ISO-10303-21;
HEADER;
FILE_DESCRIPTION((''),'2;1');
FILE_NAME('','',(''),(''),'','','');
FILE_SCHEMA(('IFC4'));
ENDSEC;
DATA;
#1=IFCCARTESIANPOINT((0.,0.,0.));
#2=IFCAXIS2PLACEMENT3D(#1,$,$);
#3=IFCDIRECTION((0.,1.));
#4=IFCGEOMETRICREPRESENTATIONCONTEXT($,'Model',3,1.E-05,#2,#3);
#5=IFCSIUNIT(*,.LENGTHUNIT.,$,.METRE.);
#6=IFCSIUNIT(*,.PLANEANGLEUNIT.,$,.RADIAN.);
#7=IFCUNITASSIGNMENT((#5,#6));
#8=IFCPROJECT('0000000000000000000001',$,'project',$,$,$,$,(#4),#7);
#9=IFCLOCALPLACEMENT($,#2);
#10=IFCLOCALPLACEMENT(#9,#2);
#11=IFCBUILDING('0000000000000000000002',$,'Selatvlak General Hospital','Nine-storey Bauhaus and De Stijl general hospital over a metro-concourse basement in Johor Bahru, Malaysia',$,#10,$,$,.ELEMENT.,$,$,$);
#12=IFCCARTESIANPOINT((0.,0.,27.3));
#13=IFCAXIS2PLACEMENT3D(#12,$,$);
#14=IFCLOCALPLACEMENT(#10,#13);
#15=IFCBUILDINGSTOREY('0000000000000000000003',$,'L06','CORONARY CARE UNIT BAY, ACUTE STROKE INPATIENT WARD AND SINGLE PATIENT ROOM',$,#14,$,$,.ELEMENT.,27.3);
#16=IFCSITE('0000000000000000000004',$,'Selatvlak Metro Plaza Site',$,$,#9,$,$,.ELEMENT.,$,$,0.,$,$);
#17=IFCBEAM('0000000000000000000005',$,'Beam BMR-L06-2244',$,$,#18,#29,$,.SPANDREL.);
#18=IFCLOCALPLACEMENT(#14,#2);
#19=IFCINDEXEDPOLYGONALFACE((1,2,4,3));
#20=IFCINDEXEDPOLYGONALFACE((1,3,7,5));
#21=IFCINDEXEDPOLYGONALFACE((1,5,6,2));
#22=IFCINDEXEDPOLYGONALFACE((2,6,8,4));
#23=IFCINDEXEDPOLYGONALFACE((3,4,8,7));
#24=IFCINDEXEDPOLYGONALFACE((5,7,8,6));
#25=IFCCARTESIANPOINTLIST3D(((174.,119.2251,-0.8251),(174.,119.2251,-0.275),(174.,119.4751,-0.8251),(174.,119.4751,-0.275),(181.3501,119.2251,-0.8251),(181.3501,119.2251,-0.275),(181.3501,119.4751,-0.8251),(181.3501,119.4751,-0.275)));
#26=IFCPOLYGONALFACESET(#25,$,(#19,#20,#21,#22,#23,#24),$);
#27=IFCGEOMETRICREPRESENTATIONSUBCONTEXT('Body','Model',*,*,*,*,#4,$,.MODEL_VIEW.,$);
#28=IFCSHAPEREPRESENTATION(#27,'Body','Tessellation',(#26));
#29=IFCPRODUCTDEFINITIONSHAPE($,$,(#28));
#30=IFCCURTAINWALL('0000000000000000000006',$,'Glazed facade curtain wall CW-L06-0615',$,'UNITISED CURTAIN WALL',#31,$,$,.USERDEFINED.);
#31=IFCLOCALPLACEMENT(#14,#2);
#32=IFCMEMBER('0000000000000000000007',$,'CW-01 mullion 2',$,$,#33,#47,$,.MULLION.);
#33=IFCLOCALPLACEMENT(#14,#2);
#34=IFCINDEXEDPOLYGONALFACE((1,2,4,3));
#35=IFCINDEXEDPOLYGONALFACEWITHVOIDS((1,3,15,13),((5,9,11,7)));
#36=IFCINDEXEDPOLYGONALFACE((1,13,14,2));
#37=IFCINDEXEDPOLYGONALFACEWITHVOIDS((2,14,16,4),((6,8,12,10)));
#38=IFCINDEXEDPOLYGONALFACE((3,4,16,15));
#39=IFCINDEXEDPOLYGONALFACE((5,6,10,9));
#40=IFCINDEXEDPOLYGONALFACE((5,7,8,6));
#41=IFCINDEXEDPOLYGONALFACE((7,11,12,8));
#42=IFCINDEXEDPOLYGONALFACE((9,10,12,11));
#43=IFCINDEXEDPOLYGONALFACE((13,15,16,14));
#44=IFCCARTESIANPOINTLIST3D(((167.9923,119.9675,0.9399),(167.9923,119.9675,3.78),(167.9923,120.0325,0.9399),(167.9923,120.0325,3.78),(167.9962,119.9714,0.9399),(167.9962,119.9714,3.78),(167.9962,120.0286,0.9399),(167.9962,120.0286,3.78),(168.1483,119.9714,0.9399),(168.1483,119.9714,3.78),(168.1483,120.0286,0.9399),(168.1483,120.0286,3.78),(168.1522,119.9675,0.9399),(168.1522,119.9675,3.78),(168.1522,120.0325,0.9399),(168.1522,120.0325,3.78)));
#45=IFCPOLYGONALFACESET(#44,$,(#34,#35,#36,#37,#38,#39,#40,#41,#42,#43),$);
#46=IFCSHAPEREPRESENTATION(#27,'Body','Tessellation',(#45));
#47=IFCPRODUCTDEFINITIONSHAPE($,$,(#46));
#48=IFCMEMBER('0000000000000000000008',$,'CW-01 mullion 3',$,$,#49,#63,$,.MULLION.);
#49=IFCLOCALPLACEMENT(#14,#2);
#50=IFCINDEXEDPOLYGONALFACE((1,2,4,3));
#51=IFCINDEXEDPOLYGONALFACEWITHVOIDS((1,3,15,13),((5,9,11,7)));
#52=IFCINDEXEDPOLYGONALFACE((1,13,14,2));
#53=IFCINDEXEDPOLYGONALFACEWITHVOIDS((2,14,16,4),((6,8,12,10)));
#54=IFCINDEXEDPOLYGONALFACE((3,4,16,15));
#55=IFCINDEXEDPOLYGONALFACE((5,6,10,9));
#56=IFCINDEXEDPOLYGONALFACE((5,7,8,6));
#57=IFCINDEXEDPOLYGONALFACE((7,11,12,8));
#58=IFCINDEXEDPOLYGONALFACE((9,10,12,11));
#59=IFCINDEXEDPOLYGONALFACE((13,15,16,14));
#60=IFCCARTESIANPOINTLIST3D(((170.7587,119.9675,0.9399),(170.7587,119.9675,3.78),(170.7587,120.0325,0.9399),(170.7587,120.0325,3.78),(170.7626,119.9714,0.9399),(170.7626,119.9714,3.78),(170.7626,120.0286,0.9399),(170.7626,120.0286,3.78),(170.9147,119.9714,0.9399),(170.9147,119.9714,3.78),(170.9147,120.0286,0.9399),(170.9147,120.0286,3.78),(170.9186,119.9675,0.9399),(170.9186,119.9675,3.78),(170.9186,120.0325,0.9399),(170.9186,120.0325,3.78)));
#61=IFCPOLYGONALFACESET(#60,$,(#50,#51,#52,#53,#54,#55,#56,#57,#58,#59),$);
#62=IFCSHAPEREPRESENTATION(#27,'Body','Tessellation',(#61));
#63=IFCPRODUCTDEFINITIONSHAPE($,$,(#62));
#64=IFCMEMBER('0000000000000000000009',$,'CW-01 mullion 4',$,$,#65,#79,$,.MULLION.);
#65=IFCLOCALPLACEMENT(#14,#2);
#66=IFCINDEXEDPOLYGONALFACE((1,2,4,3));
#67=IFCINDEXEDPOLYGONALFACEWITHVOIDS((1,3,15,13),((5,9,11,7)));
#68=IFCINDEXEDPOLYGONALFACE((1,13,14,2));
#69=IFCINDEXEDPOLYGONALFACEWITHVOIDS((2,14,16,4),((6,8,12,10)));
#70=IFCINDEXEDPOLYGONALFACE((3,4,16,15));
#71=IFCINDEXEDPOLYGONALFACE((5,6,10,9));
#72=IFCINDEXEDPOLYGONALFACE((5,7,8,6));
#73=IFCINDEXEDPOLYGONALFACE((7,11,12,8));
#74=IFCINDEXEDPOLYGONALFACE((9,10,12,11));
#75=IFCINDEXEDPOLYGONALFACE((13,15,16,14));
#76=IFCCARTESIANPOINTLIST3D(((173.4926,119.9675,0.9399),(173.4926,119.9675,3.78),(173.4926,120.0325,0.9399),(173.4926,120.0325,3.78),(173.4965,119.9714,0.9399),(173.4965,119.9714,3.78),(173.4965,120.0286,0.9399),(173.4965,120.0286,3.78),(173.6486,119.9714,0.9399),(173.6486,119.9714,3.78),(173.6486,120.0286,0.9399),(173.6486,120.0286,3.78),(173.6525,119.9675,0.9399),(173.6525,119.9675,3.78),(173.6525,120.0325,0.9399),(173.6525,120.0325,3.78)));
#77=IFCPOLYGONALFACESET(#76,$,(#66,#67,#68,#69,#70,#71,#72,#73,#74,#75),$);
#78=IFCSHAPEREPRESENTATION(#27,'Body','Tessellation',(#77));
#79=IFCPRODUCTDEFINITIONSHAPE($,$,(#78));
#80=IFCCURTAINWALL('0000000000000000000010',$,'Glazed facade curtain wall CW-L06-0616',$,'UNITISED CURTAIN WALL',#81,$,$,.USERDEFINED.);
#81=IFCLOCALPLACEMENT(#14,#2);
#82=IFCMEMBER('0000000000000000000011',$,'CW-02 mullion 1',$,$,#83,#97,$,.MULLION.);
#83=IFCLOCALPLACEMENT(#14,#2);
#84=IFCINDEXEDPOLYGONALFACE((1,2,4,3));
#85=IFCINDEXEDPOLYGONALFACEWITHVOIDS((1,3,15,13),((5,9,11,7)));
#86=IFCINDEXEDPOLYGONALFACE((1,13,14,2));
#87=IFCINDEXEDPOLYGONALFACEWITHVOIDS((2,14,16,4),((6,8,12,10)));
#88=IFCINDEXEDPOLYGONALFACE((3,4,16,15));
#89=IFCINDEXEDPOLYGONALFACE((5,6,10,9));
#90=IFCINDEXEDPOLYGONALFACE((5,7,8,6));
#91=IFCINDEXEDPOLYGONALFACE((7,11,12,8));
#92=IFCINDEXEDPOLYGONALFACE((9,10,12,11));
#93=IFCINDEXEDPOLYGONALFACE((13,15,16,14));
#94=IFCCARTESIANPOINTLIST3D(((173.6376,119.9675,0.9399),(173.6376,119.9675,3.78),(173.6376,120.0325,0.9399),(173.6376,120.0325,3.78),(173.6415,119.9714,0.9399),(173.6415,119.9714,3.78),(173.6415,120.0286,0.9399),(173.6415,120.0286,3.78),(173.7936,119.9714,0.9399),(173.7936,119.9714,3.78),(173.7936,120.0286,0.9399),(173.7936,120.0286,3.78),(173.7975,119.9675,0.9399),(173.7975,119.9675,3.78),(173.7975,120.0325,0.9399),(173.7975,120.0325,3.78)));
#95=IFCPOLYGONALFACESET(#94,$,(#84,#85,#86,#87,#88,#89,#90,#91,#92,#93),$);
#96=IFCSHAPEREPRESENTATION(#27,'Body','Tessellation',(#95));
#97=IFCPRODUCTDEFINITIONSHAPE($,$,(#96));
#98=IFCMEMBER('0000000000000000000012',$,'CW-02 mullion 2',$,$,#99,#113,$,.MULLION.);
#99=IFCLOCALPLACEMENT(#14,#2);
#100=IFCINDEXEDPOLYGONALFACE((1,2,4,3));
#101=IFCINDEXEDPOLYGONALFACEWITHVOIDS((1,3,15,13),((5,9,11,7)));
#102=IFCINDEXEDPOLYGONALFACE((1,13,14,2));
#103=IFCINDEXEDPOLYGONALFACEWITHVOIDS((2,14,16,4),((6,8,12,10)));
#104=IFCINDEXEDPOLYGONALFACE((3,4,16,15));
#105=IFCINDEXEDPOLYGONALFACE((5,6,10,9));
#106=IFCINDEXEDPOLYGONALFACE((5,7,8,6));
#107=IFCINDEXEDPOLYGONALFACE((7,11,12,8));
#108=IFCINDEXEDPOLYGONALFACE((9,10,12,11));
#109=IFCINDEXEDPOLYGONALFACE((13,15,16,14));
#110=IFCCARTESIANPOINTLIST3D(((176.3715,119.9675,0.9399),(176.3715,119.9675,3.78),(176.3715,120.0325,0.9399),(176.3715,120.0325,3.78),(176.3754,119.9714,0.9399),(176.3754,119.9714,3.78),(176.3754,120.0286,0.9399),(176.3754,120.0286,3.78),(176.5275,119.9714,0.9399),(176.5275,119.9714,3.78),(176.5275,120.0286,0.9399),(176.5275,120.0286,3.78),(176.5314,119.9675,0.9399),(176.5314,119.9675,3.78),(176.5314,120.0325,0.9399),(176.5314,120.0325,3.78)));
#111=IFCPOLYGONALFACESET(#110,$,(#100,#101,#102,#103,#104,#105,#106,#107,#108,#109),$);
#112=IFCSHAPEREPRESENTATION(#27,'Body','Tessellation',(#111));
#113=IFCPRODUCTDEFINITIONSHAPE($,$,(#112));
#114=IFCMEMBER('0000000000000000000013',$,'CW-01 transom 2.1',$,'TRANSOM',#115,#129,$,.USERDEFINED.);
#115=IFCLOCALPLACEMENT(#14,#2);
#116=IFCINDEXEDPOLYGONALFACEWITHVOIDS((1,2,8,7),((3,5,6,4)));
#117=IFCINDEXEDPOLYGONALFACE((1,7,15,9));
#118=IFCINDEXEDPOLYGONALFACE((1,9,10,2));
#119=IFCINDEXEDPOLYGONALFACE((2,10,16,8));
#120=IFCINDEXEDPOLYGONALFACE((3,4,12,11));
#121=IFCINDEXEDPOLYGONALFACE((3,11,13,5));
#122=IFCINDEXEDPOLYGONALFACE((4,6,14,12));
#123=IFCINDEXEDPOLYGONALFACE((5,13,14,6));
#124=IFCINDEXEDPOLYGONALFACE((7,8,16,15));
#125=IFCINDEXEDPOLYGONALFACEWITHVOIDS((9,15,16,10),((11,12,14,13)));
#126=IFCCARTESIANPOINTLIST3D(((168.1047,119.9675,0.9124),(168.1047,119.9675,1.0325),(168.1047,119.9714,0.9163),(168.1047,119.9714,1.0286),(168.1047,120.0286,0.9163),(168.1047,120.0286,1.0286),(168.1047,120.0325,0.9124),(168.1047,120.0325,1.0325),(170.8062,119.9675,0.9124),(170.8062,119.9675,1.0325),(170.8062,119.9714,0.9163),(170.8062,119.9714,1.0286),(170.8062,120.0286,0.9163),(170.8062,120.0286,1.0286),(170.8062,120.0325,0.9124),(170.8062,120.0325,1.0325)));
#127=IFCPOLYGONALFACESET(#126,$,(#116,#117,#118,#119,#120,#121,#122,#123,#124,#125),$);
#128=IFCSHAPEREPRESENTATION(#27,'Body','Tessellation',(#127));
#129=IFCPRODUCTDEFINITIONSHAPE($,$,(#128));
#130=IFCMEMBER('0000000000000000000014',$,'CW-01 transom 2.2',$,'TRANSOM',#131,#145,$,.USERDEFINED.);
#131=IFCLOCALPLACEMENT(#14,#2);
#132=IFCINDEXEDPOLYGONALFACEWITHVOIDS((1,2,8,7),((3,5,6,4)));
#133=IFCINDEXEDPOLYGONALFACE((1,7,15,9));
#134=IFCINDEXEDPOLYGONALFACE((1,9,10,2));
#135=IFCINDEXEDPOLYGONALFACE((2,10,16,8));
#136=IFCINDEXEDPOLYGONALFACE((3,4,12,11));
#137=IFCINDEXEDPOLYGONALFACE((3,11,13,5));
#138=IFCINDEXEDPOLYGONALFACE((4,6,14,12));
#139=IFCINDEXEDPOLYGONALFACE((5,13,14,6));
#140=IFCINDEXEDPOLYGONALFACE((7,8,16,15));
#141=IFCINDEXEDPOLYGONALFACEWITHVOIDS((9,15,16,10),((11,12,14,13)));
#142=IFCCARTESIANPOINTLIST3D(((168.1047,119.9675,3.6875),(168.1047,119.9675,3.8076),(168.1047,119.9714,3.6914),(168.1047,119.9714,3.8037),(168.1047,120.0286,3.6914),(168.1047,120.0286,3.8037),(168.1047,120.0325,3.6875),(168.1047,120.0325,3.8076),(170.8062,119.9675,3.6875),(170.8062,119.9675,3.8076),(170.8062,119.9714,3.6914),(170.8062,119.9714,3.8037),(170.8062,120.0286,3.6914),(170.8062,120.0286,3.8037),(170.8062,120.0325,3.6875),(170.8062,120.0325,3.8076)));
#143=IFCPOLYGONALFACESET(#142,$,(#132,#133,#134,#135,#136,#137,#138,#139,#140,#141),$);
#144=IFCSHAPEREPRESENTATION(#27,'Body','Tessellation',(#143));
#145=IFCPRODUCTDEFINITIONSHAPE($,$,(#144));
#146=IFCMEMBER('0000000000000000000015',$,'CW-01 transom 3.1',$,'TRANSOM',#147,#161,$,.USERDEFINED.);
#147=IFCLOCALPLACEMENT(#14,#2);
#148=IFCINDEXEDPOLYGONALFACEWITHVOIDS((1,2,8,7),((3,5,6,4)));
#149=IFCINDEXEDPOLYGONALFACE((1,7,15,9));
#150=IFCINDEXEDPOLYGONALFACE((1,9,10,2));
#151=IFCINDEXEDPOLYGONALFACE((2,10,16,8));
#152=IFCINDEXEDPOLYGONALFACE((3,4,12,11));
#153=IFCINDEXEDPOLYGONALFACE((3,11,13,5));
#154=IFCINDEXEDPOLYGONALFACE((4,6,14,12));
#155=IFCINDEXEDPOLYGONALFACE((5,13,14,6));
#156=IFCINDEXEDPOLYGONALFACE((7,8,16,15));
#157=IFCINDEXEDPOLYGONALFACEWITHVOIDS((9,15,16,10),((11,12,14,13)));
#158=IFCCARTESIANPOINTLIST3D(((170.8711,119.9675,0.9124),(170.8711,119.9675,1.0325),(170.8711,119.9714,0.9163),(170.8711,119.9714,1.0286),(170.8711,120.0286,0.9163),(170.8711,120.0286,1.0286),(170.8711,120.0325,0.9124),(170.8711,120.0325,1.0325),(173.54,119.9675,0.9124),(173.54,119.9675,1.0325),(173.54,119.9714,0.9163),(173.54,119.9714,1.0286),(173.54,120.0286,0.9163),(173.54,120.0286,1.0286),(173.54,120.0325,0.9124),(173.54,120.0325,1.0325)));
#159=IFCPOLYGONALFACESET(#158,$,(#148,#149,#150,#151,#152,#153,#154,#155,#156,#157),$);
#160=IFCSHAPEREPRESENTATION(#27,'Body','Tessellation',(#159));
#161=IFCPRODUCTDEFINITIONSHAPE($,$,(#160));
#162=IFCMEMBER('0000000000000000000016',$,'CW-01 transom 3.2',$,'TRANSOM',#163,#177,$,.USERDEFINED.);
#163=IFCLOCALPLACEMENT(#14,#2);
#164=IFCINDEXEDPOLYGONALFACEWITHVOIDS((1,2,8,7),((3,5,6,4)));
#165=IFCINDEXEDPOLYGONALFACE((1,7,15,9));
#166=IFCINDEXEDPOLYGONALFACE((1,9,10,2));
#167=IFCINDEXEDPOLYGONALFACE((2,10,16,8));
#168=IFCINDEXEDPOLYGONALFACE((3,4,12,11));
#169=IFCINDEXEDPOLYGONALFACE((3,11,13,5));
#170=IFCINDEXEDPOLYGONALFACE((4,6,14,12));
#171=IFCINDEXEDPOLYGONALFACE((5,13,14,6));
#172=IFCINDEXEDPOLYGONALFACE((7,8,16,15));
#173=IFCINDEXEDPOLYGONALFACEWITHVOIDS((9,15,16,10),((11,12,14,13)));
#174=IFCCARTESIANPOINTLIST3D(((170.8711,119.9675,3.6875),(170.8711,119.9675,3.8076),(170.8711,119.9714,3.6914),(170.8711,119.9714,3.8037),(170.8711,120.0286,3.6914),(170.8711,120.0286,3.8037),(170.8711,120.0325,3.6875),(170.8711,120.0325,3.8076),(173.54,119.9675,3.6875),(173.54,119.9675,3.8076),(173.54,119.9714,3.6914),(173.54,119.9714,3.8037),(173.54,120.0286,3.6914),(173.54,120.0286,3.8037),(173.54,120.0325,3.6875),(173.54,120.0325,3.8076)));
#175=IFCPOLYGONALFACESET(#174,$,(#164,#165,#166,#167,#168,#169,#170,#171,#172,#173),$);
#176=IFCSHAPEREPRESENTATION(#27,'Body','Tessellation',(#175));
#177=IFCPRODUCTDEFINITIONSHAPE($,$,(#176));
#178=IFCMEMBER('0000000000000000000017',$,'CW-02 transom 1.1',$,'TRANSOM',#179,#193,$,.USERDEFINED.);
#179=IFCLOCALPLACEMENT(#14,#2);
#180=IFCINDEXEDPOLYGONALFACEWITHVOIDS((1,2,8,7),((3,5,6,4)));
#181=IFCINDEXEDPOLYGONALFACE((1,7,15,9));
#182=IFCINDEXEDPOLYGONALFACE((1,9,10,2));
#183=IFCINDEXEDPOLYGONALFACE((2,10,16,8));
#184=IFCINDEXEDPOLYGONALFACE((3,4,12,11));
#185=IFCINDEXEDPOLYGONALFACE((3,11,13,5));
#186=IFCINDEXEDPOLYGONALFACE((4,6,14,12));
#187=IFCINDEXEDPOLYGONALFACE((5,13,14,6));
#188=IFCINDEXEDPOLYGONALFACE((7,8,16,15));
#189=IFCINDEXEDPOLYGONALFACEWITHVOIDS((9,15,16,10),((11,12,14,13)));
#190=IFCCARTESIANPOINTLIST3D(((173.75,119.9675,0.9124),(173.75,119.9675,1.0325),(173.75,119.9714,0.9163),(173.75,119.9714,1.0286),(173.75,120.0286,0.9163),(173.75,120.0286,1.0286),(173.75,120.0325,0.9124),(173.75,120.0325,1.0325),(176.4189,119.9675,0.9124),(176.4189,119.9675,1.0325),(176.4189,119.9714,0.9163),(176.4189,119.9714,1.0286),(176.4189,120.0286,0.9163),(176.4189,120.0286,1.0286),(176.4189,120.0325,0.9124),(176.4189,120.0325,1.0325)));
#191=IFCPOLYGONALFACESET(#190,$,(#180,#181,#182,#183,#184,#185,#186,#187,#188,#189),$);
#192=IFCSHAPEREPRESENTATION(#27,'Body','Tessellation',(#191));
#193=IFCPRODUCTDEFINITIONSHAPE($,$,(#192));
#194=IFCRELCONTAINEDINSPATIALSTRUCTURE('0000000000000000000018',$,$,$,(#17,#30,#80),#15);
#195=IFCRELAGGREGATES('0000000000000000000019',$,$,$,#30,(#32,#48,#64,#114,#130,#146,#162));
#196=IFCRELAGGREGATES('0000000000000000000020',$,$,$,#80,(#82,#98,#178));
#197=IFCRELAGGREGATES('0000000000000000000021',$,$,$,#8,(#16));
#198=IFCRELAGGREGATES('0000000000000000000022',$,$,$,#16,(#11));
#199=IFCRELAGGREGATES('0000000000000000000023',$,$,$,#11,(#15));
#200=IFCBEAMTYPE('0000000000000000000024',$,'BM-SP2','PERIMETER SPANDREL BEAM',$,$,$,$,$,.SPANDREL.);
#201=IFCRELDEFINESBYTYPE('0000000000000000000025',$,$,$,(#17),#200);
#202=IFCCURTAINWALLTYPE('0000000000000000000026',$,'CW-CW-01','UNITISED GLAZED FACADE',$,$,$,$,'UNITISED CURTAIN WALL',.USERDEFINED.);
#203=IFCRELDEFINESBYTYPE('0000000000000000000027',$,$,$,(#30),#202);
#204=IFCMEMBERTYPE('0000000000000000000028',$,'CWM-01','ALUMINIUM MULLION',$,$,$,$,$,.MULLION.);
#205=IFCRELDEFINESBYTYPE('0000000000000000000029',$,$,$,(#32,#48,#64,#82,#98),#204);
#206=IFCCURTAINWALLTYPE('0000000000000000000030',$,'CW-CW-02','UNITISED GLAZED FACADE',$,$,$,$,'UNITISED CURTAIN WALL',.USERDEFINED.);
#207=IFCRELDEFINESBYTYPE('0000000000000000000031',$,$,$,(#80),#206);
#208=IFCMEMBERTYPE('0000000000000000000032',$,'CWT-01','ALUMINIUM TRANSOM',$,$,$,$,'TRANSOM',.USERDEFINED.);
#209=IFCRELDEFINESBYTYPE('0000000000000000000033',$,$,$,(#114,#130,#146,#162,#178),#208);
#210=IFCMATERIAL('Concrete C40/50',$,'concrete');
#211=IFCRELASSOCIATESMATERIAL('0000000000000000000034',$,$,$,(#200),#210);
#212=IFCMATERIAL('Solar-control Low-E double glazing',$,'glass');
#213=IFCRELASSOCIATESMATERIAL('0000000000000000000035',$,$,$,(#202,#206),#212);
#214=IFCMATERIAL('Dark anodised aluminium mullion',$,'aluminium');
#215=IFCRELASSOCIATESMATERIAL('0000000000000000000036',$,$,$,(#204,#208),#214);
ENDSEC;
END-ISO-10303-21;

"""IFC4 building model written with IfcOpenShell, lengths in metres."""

from ifc_helpers import new_model, si_unit, direction, frame, origin, origin_2d, place, context, subcontext, project, spatial, rectangle, hollow_rectangle, extrude, material, material_profile, profile_set, type_object, element, aggregate, save


model = new_model("IFC4")

# Units and contexts
model_context = context("Model", 3, precision=1e-05, world=origin(), true_north=direction((0.0, 1.0)))
body_context = subcontext(model_context, "Body", "Model", "MODEL_VIEW")
ifc_project = project(units=[si_unit("LENGTHUNIT", "METRE"), si_unit("PLANEANGLEUNIT", "RADIAN")], contexts=[model_context])

# Site, building, storey
site_placement = place(None, origin())
site = spatial("IfcSite", under=ifc_project, at=site_placement, Name="Selatvlak Metro Plaza Site", CompositionType="ELEMENT", RefElevation=0.0)
building_placement = place(site_placement, origin())
building = spatial("IfcBuilding", under=site, at=building_placement, Name="Selatvlak General Hospital", Description="Nine-storey Bauhaus and De Stijl general hospital over a metro-concourse basement in Johor Bahru, Malaysia", CompositionType="ELEMENT")
storey_placement = place(building_placement, frame((0.0, 0.0, 27.3)))
storey = spatial("IfcBuildingStorey", under=building, at=storey_placement, Name="L06", Description="CORONARY CARE UNIT BAY, ACUTE STROKE INPATIENT WARD AND SINGLE PATIENT ROOM", CompositionType="ELEMENT", Elevation=27.3)

# Beam
ifc_material_1 = material(Name="Concrete C40/50", Category="concrete")
ifc_material_profile_1 = material_profile(ifc_material_1, rectangle(XDim=0.25, YDim=0.55, at=origin_2d()), Name="RC-SP 250x550")
ifc_profile_set_1 = profile_set([ifc_material_profile_1], Name="Concrete C40/50")
beam_type = type_object("IfcBeamType", Name="BM-SP2", Description="PERIMETER SPANDREL BEAM", PredefinedType="SPANDREL", material=ifc_profile_set_1)
beam_placement = place(storey_placement, frame((174.0, 119.3501, -0.55), z_axis=(1.0, 0.0, 0.0), x_axis=(0.0, 1.0, 0.0)))
element("IfcBeam", 1, at=beam_placement, inside=storey, type_object=beam_type, Name="Beam BMR-L06-2244", PredefinedType="SPANDREL", context=body_context, shape_type="SweptSolid", body=[
    extrude(rectangle(XDim=0.25, YDim=0.55, at=origin_2d()), origin(), (0.0, 0.0, 1.0), 7.3501),
])

# Curtain walls, members
ifc_material_2 = material(Name="Solar-control Low-E double glazing", Category="glass")
curtain_wall_type_1 = type_object("IfcCurtainWallType", Name="CW-CW-01", Description="UNITISED GLAZED FACADE", ElementType="UNITISED CURTAIN WALL", PredefinedType="USERDEFINED", material=ifc_material_2)
curtain_wall_1_placement = place(storey_placement, origin())
curtain_wall_1 = element("IfcCurtainWall", 2, at=curtain_wall_1_placement, inside=storey, type_object=curtain_wall_type_1, Name="Glazed facade curtain wall CW-L06-0615", ObjectType="UNITISED CURTAIN WALL", PredefinedType="USERDEFINED")
ifc_material_3 = material(Name="Dark anodised aluminium mullion", Category="aluminium")
ifc_material_profile_2 = material_profile(ifc_material_3, hollow_rectangle(XDim=0.0649, YDim=0.1599, WallThickness=0.0039, at=origin_2d()), Name="AL-MUL 65x160x4")
ifc_profile_set_2 = profile_set([ifc_material_profile_2], Name="Dark anodised aluminium mullion")
member_type_1 = type_object("IfcMemberType", Name="CWM-01", Description="ALUMINIUM MULLION", PredefinedType="MULLION", material=ifc_profile_set_2)
member_1_placement = place(storey_placement, frame((168.0723, 120.0, 0.9399), z_axis=(0.0, 0.0, 1.0), x_axis=(0.0, 1.0, 0.0)))
member_1 = element("IfcMember", 3, at=member_1_placement, type_object=member_type_1, Name="CW-01 mullion 2", PredefinedType="MULLION", context=body_context, shape_type="SweptSolid", body=[
    extrude(hollow_rectangle(XDim=0.0649, YDim=0.1599, WallThickness=0.0039, at=origin_2d()), origin(), (0.0, 0.0, 1.0), 2.8401),
])
member_2_placement = place(storey_placement, frame((170.8386, 120.0, 0.9399), z_axis=(0.0, 0.0, 1.0), x_axis=(0.0, 1.0, 0.0)))
member_2 = element("IfcMember", 4, at=member_2_placement, type_object=member_type_1, Name="CW-01 mullion 3", PredefinedType="MULLION", context=body_context, shape_type="SweptSolid", body=[
    extrude(hollow_rectangle(XDim=0.0649, YDim=0.1599, WallThickness=0.0039, at=origin_2d()), origin(), (0.0, 0.0, 1.0), 2.8401),
])
member_3_placement = place(storey_placement, frame((173.5725, 120.0, 0.9399), z_axis=(0.0, 0.0, 1.0), x_axis=(0.0, 1.0, 0.0)))
member_3 = element("IfcMember", 5, at=member_3_placement, type_object=member_type_1, Name="CW-01 mullion 4", PredefinedType="MULLION", context=body_context, shape_type="SweptSolid", body=[
    extrude(hollow_rectangle(XDim=0.0649, YDim=0.1599, WallThickness=0.0039, at=origin_2d()), origin(), (0.0, 0.0, 1.0), 2.8401),
])
curtain_wall_type_2 = type_object("IfcCurtainWallType", Name="CW-CW-02", Description="UNITISED GLAZED FACADE", ElementType="UNITISED CURTAIN WALL", PredefinedType="USERDEFINED", material=ifc_material_2)
curtain_wall_2_placement = place(storey_placement, origin())
curtain_wall_2 = element("IfcCurtainWall", 6, at=curtain_wall_2_placement, inside=storey, type_object=curtain_wall_type_2, Name="Glazed facade curtain wall CW-L06-0616", ObjectType="UNITISED CURTAIN WALL", PredefinedType="USERDEFINED")
member_4_placement = place(storey_placement, frame((173.7175, 120.0, 0.9399), z_axis=(0.0, 0.0, 1.0), x_axis=(0.0, 1.0, 0.0)))
member_4 = element("IfcMember", 7, at=member_4_placement, type_object=member_type_1, Name="CW-02 mullion 1", PredefinedType="MULLION", context=body_context, shape_type="SweptSolid", body=[
    extrude(hollow_rectangle(XDim=0.0649, YDim=0.1599, WallThickness=0.0039, at=origin_2d()), origin(), (0.0, 0.0, 1.0), 2.8401),
])
member_5_placement = place(storey_placement, frame((176.4514, 120.0, 0.9399), z_axis=(0.0, 0.0, 1.0), x_axis=(0.0, 1.0, 0.0)))
member_5 = element("IfcMember", 8, at=member_5_placement, type_object=member_type_1, Name="CW-02 mullion 2", PredefinedType="MULLION", context=body_context, shape_type="SweptSolid", body=[
    extrude(hollow_rectangle(XDim=0.0649, YDim=0.1599, WallThickness=0.0039, at=origin_2d()), origin(), (0.0, 0.0, 1.0), 2.8401),
])

# Members
ifc_material_profile_3 = material_profile(ifc_material_3, hollow_rectangle(XDim=0.0649, YDim=0.1201, WallThickness=0.0039, at=origin_2d()), Name="AL-TRN 65x120x4")
ifc_profile_set_3 = profile_set([ifc_material_profile_3], Name="Dark anodised aluminium mullion")
member_type_2 = type_object("IfcMemberType", Name="CWT-01", Description="ALUMINIUM TRANSOM", ElementType="TRANSOM", PredefinedType="USERDEFINED", material=ifc_profile_set_3)
member_6_placement = place(storey_placement, frame((168.1047, 120.0, 0.9724), z_axis=(1.0, 0.0, 0.0), x_axis=(0.0, 1.0, 0.0)))
member_6 = element("IfcMember", 9, at=member_6_placement, type_object=member_type_2, Name="CW-01 transom 2.1", ObjectType="TRANSOM", PredefinedType="USERDEFINED", context=body_context, shape_type="SweptSolid", body=[
    extrude(hollow_rectangle(XDim=0.0649, YDim=0.1201, WallThickness=0.0039, at=origin_2d()), origin(), (0.0, 0.0, 1.0), 2.7014),
])
member_7_placement = place(storey_placement, frame((168.1047, 120.0, 3.7476), z_axis=(1.0, 0.0, 0.0), x_axis=(0.0, 1.0, 0.0)))
member_7 = element("IfcMember", 10, at=member_7_placement, type_object=member_type_2, Name="CW-01 transom 2.2", ObjectType="TRANSOM", PredefinedType="USERDEFINED", context=body_context, shape_type="SweptSolid", body=[
    extrude(hollow_rectangle(XDim=0.0649, YDim=0.1201, WallThickness=0.0039, at=origin_2d()), origin(), (0.0, 0.0, 1.0), 2.7014),
])
member_8_placement = place(storey_placement, frame((170.8711, 120.0, 0.9724), z_axis=(1.0, 0.0, 0.0), x_axis=(0.0, 1.0, 0.0)))
member_8 = element("IfcMember", 11, at=member_8_placement, type_object=member_type_2, Name="CW-01 transom 3.1", ObjectType="TRANSOM", PredefinedType="USERDEFINED", context=body_context, shape_type="SweptSolid", body=[
    extrude(hollow_rectangle(XDim=0.0649, YDim=0.1201, WallThickness=0.0039, at=origin_2d()), origin(), (0.0, 0.0, 1.0), 2.6689),
])
member_9_placement = place(storey_placement, frame((170.8711, 120.0, 3.7476), z_axis=(1.0, 0.0, 0.0), x_axis=(0.0, 1.0, 0.0)))
member_9 = element("IfcMember", 12, at=member_9_placement, type_object=member_type_2, Name="CW-01 transom 3.2", ObjectType="TRANSOM", PredefinedType="USERDEFINED", context=body_context, shape_type="SweptSolid", body=[
    extrude(hollow_rectangle(XDim=0.0649, YDim=0.1201, WallThickness=0.0039, at=origin_2d()), origin(), (0.0, 0.0, 1.0), 2.6689),
])
member_10_placement = place(storey_placement, frame((173.75, 120.0, 0.9724), z_axis=(1.0, 0.0, 0.0), x_axis=(0.0, 1.0, 0.0)))
member_10 = element("IfcMember", 13, at=member_10_placement, type_object=member_type_2, Name="CW-02 transom 1.1", ObjectType="TRANSOM", PredefinedType="USERDEFINED", context=body_context, shape_type="SweptSolid", body=[
    extrude(hollow_rectangle(XDim=0.0649, YDim=0.1201, WallThickness=0.0039, at=origin_2d()), origin(), (0.0, 0.0, 1.0), 2.6689),
])

aggregate(curtain_wall_1, [member_1, member_2, member_3, member_6, member_7, member_8, member_9])
aggregate(curtain_wall_2, [member_4, member_5, member_10])

save(model, "model.ifc")
